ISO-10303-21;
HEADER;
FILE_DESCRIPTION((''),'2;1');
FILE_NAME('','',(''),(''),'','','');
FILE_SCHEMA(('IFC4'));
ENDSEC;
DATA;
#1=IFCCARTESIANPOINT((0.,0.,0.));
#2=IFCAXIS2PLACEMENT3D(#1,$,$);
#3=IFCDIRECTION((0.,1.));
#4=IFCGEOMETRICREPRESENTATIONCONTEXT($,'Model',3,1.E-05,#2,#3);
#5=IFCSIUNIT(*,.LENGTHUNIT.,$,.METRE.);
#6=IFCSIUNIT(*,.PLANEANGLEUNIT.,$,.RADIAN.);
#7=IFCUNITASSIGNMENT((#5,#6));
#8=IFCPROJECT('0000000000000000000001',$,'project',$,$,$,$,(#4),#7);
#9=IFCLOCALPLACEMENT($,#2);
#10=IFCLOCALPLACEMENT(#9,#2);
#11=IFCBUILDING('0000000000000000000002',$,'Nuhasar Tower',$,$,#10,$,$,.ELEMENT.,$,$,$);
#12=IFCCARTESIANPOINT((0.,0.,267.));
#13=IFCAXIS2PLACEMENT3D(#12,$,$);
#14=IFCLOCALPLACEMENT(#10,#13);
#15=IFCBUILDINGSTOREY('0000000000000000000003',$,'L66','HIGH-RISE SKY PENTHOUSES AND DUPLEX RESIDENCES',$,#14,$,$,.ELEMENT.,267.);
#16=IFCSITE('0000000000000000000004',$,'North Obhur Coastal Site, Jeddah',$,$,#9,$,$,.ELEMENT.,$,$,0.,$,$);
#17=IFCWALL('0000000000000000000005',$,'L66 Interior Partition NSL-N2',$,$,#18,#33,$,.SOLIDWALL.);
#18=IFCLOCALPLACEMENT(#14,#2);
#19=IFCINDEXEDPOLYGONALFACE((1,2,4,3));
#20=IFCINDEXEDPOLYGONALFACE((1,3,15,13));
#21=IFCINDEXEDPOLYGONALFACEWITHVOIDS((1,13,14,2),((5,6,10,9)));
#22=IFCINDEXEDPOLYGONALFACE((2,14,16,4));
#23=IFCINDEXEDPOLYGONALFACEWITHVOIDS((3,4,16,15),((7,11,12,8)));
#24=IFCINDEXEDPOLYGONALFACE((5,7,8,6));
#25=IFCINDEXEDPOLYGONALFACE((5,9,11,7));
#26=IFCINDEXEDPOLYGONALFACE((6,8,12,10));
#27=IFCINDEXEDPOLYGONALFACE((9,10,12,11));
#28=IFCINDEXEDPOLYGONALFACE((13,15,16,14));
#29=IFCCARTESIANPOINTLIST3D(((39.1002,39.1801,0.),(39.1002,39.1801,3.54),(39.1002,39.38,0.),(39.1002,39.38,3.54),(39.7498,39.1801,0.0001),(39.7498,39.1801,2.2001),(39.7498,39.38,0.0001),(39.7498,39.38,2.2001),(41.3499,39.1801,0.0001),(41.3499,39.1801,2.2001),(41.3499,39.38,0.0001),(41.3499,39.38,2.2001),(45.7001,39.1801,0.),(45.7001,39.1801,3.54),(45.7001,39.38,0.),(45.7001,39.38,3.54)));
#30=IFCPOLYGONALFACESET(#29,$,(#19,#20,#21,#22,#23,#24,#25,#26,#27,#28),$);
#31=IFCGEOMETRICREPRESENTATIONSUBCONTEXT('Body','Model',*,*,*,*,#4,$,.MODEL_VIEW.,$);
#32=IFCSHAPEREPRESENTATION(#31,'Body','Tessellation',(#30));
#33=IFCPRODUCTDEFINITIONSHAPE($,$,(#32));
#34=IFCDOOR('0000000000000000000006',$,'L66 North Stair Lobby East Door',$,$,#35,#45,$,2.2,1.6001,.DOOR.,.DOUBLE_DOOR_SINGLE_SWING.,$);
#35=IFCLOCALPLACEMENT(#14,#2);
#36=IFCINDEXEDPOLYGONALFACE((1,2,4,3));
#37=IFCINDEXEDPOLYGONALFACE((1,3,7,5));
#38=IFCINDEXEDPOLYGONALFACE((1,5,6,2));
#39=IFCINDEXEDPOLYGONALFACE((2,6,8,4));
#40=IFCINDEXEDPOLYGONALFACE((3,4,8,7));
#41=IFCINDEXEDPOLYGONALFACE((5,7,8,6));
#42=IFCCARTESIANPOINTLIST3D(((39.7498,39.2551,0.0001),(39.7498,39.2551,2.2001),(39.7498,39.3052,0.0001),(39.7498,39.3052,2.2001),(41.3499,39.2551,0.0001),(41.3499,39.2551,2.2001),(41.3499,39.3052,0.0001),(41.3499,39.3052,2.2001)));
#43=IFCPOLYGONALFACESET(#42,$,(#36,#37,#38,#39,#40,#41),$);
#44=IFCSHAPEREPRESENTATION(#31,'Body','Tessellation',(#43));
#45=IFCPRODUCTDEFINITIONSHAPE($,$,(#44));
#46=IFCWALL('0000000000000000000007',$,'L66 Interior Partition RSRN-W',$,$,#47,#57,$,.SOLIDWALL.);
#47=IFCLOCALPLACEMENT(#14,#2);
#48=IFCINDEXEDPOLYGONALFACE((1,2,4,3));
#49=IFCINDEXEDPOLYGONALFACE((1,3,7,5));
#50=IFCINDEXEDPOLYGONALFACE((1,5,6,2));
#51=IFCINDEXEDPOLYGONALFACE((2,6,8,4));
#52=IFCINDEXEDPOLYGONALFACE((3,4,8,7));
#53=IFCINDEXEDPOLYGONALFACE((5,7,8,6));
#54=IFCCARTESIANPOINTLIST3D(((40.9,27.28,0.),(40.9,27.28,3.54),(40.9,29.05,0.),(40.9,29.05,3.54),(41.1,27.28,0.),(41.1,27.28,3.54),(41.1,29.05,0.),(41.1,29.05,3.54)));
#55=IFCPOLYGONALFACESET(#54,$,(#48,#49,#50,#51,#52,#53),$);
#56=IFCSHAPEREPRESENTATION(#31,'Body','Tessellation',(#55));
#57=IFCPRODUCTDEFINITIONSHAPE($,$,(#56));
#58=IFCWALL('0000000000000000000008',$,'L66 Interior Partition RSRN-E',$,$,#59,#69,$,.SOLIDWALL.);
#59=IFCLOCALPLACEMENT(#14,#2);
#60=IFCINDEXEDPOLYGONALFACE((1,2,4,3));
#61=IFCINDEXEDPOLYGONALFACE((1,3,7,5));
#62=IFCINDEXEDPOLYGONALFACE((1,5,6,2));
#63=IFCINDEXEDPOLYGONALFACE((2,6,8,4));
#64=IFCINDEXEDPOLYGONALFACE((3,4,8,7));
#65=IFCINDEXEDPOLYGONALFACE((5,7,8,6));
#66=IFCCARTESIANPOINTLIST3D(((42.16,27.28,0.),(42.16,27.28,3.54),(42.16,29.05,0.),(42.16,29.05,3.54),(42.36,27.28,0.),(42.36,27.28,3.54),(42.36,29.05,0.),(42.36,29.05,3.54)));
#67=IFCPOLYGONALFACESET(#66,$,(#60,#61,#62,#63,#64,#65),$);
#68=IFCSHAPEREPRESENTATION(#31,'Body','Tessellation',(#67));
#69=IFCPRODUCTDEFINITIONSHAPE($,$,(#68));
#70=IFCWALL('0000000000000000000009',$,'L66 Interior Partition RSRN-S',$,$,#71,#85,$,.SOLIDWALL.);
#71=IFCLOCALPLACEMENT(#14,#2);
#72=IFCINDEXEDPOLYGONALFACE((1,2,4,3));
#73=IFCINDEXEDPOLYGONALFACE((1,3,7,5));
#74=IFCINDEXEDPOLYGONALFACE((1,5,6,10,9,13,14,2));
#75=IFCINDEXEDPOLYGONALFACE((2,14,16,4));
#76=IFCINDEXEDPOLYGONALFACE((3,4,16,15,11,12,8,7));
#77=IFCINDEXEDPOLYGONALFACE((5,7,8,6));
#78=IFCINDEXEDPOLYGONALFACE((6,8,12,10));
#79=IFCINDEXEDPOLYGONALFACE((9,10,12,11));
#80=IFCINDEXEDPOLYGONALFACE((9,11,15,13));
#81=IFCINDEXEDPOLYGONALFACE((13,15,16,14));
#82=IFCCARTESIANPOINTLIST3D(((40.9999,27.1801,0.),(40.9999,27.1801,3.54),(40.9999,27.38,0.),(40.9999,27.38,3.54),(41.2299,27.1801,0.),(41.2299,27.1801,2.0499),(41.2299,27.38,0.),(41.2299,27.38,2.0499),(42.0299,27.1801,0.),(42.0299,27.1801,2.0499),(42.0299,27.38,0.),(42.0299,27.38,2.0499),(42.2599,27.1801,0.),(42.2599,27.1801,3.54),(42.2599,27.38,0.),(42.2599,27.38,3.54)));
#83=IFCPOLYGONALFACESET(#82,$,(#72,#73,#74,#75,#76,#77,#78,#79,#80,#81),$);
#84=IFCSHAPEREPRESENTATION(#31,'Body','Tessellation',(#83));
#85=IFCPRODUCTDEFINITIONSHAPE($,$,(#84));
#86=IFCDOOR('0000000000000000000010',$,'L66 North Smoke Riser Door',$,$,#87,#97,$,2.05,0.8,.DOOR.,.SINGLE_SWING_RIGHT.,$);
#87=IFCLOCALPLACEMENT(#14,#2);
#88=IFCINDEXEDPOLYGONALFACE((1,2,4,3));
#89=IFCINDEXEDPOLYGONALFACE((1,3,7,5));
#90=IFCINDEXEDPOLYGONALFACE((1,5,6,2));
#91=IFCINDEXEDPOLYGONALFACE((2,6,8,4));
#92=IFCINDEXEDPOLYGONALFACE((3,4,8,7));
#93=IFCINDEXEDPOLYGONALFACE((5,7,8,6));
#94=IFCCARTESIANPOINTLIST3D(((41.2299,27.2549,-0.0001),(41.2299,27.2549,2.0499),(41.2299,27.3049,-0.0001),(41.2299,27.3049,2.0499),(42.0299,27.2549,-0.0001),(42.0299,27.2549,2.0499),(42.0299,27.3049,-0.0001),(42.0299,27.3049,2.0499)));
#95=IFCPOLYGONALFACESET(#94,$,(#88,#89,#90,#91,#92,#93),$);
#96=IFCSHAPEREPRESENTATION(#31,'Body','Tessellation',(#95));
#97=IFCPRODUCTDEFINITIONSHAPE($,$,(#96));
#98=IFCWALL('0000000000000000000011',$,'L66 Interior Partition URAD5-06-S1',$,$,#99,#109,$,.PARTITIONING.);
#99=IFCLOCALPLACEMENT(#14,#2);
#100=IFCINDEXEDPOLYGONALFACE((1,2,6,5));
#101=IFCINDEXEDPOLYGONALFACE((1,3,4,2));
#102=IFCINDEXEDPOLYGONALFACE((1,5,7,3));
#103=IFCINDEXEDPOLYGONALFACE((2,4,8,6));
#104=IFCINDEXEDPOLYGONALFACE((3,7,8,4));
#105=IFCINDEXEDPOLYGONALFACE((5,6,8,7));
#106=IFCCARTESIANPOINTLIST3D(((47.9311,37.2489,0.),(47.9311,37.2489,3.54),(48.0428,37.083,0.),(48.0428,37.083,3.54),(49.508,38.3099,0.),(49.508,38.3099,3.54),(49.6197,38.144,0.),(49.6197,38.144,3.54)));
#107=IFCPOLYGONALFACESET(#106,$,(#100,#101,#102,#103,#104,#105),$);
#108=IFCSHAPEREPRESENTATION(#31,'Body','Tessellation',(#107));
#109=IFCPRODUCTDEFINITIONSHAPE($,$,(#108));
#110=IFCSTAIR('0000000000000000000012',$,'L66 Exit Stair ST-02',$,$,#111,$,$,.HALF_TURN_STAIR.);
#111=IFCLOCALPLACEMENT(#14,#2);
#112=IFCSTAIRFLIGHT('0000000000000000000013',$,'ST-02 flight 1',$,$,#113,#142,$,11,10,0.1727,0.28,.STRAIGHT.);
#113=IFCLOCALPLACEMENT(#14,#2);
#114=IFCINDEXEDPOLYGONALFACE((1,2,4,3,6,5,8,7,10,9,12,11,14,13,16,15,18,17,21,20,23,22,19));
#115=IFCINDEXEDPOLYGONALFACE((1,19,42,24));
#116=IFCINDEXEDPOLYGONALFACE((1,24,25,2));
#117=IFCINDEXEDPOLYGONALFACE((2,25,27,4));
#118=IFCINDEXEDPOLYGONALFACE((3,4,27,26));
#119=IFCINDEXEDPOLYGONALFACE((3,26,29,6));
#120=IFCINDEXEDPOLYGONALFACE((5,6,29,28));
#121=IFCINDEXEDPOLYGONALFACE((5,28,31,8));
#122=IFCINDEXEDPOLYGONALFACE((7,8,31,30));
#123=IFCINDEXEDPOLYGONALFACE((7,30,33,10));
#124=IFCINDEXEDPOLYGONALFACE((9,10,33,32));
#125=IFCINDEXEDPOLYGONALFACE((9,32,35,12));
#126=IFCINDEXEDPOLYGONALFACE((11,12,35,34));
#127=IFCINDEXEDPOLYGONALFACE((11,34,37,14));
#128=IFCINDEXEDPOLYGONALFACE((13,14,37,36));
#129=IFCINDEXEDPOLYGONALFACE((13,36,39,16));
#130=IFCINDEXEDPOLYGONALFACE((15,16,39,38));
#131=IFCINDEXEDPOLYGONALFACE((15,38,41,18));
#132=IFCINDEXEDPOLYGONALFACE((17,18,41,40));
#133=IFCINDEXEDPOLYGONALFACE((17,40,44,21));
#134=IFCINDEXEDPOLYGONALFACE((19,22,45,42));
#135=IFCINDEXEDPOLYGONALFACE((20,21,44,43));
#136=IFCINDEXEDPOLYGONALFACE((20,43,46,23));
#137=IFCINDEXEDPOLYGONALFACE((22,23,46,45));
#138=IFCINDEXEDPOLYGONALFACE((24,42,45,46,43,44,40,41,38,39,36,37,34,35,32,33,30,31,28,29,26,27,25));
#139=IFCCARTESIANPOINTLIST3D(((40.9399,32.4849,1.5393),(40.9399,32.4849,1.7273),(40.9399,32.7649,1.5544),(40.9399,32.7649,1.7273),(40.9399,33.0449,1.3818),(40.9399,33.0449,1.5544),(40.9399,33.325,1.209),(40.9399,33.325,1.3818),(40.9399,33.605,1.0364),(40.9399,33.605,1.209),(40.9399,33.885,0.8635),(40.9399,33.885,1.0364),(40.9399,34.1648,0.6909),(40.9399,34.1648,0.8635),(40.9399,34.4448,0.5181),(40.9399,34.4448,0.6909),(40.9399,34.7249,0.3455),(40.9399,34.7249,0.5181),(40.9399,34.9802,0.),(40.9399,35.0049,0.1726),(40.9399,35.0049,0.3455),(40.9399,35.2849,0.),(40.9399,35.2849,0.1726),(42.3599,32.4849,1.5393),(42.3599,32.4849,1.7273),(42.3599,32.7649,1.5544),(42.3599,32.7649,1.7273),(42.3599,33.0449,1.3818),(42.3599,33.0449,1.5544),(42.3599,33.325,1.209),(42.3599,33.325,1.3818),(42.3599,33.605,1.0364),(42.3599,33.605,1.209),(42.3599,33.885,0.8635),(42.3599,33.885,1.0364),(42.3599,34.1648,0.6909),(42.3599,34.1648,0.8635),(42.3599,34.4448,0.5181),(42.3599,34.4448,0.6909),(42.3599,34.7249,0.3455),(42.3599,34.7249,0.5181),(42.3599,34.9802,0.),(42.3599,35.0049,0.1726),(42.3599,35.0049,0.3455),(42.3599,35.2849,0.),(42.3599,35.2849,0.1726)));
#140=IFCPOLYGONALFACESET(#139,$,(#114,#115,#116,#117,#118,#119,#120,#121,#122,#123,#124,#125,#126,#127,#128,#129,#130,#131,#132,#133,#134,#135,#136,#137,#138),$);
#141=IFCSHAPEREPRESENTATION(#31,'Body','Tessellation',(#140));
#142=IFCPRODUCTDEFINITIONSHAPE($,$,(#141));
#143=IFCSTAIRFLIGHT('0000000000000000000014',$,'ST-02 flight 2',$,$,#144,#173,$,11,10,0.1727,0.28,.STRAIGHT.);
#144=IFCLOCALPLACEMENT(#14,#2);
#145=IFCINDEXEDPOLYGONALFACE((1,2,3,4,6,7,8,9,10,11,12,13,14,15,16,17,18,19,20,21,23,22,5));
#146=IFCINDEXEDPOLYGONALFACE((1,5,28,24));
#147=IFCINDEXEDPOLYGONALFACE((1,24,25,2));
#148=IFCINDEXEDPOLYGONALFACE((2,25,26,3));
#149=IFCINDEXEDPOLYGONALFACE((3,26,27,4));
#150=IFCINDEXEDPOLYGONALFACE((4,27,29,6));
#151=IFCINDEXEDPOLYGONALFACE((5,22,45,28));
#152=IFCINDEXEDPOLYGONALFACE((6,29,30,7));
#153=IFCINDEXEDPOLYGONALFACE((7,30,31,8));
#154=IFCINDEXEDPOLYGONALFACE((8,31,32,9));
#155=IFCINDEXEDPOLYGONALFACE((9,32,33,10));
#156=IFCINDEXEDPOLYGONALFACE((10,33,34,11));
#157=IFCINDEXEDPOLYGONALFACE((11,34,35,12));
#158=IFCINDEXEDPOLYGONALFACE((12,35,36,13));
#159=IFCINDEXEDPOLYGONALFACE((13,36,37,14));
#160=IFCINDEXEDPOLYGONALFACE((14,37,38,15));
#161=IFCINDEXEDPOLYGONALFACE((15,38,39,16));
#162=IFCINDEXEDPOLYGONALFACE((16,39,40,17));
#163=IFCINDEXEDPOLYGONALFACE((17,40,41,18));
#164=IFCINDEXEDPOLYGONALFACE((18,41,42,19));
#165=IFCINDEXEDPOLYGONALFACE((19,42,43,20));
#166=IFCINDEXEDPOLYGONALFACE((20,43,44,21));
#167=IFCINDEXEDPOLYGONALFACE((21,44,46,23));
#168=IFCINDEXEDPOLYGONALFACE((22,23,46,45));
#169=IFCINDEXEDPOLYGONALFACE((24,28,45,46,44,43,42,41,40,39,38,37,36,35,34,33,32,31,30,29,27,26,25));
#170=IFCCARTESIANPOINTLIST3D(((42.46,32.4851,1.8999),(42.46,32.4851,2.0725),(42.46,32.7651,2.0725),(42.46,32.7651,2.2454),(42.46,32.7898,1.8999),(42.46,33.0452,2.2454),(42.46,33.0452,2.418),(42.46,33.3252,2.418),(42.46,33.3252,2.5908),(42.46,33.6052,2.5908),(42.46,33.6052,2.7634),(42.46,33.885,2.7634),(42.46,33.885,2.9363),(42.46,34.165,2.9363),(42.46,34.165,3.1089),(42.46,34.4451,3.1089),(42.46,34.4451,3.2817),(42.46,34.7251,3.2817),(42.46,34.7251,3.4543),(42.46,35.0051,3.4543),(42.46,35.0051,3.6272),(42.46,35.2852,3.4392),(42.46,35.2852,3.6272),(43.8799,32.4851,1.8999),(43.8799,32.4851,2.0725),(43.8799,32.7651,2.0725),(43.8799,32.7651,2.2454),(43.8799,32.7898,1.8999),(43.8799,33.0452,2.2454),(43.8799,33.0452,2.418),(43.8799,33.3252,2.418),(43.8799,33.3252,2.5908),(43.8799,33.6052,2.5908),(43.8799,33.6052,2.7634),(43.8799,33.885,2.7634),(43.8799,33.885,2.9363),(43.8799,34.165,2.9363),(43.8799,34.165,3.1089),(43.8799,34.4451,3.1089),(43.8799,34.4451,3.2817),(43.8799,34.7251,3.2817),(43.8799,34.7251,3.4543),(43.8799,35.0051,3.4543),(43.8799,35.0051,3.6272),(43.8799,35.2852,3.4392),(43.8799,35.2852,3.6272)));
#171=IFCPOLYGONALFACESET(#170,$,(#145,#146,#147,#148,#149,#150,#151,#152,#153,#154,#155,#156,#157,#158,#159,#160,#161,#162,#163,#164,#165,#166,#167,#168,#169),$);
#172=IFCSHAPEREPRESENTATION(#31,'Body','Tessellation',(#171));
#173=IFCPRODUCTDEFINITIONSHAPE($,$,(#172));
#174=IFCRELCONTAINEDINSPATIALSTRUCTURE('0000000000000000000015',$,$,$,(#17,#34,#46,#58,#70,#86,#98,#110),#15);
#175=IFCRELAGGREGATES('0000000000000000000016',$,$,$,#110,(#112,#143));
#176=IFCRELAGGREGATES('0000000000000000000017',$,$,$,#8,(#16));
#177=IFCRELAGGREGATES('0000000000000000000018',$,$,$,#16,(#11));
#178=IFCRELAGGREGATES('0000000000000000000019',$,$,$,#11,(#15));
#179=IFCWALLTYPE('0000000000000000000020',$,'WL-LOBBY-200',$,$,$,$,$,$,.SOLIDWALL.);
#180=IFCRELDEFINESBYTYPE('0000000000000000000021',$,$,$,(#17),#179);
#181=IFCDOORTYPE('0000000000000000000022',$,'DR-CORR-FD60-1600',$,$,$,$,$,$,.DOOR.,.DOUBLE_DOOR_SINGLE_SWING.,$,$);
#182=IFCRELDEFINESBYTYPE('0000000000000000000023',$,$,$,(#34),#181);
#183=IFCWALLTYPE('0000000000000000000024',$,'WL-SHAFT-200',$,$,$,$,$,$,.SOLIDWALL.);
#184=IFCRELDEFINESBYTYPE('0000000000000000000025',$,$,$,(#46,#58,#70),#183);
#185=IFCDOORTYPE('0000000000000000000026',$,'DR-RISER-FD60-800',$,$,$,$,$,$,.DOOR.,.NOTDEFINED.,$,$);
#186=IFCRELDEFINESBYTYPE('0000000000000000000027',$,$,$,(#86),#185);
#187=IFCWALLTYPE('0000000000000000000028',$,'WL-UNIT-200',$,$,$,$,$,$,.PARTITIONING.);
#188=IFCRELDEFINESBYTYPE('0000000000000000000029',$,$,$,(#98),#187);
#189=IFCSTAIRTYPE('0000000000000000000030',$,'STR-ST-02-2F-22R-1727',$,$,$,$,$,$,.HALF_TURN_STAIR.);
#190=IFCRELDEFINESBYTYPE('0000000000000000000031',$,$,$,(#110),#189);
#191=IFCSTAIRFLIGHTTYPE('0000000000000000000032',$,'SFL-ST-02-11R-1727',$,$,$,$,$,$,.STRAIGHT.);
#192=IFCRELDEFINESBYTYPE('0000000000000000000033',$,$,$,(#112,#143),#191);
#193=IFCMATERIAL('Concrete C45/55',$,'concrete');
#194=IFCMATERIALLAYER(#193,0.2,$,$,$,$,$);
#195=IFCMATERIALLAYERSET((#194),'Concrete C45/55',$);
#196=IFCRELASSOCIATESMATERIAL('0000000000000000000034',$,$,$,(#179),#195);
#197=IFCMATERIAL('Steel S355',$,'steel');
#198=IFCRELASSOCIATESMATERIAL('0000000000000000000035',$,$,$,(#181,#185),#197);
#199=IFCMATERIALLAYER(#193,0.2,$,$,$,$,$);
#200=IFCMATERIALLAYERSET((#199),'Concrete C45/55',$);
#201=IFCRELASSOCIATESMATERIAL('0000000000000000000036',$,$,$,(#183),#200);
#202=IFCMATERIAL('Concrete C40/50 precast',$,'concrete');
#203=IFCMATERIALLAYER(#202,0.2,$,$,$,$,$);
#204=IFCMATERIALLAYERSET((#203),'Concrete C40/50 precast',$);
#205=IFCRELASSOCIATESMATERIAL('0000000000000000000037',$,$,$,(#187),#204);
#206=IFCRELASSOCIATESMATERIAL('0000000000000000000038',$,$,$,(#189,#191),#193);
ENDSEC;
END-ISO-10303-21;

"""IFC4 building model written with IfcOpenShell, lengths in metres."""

from ifc_helpers import new_model, si_unit, direction, frame, frame_2d, origin, place, context, subcontext, project, spatial, polyline, rectangle, outline, extrude, material, layer, layer_set, type_object, element, fill, aggregate, save


model = new_model("IFC4")

# Units and contexts
model_context = context("Model", 3, precision=1e-05, world=origin(), true_north=direction((0.0, 1.0)))
body_context = subcontext(model_context, "Body", "Model", "MODEL_VIEW")
ifc_project = project(units=[si_unit("LENGTHUNIT", "METRE"), si_unit("PLANEANGLEUNIT", "RADIAN")], contexts=[model_context])

# Site, building, storey
site_placement = place(None, origin())
site = spatial("IfcSite", under=ifc_project, at=site_placement, Name="North Obhur Coastal Site, Jeddah", CompositionType="ELEMENT", RefElevation=0.0)
building_placement = place(site_placement, origin())
building = spatial("IfcBuilding", under=site, at=building_placement, Name="Nuhasar Tower", CompositionType="ELEMENT")
storey_placement = place(building_placement, frame((0.0, 0.0, 267.0)))
storey = spatial("IfcBuildingStorey", under=building, at=storey_placement, Name="L66", Description="HIGH-RISE SKY PENTHOUSES AND DUPLEX RESIDENCES", CompositionType="ELEMENT", Elevation=267.0)

# Shared definitions
ifc_material_1 = material(Name="Steel S355", Category="steel")

# Shared definitions
ifc_material_2 = material(Name="Concrete C45/55", Category="concrete")
ifc_layer_1 = layer(ifc_material_2, 0.2)
ifc_layer_set_1 = layer_set([ifc_layer_1], Name="Concrete C45/55")
wall_type_1 = type_object("IfcWallType", Name="WL-LOBBY-200", PredefinedType="SOLIDWALL", material=ifc_layer_set_1)

# Wall, opening, door
wall_1_placement = place(storey_placement, frame((45.7, 39.28, 0.0), z_axis=(0.0, 0.0, 1.0), x_axis=(-1.0, 0.0, 0.0)))
wall_1 = element("IfcWall", 1, at=wall_1_placement, inside=storey, type_object=wall_type_1, Name="L66 Interior Partition NSL-N2", PredefinedType="SOLIDWALL", context=body_context, shape_type="SweptSolid", body=[
    extrude(rectangle(XDim=6.5999, YDim=0.2, at=frame_2d((3.2998, 0.0))), origin(), (0.0, 0.0, 1.0), 3.54),
])
opening_1_placement = place(wall_1_placement, frame((4.3501, 0.0, 0.0)))
opening_1 = element("IfcOpeningElement", 2, at=opening_1_placement, cuts=wall_1, PredefinedType="OPENING", context=body_context, shape_type="SweptSolid", body=[
    extrude(rectangle(XDim=1.6001, YDim=2.2, at=frame_2d((0.8, 1.1001))), frame((0.0, 0.1099, 0.0), z_axis=(0.0, -1.0, 0.0), x_axis=(1.0, 0.0, 0.0)), (0.0, 0.0, 1.0), 0.22),
])
door_type_1 = type_object("IfcDoorType", Name="DR-CORR-FD60-1600", OperationType="DOUBLE_DOOR_SINGLE_SWING", PredefinedType="DOOR", material=ifc_material_1)
door_1_placement = place(opening_1_placement, origin())
door_1 = element("IfcDoor", 3, at=door_1_placement, inside=storey, type_object=door_type_1, Name="L66 North Stair Lobby East Door", OperationType="DOUBLE_DOOR_SINGLE_SWING", OverallHeight=2.2, OverallWidth=1.6001, PredefinedType="DOOR", context=body_context, shape_type="SweptSolid", body=[
    extrude(rectangle(XDim=1.6001, YDim=2.2, at=frame_2d((0.8, 1.1001))), frame((0.0, 0.0249, 0.0), z_axis=(0.0, -1.0, 0.0), x_axis=(1.0, 0.0, 0.0)), (0.0, 0.0, 1.0), 0.05),
])
fill(opening_1, door_1)

# Walls
ifc_layer_2 = layer(ifc_material_2, 0.2)
ifc_layer_set_2 = layer_set([ifc_layer_2], Name="Concrete C45/55")
wall_type_2 = type_object("IfcWallType", Name="WL-SHAFT-200", PredefinedType="SOLIDWALL", material=ifc_layer_set_2)
for number, where, z_axis, x_axis, name in (
    (4, (41.0, 27.28, 0.0), (0.0, 0.0, 1.0), (0.0, 1.0, 0.0), "L66 Interior Partition RSRN-W"),
    (5, (42.26, 27.28, 0.0), (0.0, 0.0, 1.0), (0.0, 1.0, 0.0), "L66 Interior Partition RSRN-E"),
):
    element("IfcWall", number, at=place(storey_placement, frame(where, z_axis=z_axis, x_axis=x_axis)), inside=storey, type_object=wall_type_2, Name=name, PredefinedType="SOLIDWALL", context=body_context, shape_type="SweptSolid", body=[
        extrude(rectangle(XDim=1.77, YDim=0.2, at=frame_2d((0.885, 0.0))), origin(), (0.0, 0.0, 1.0), 3.54),
    ])

# Wall, opening, door
wall_2_placement = place(storey_placement, frame((41.0, 27.28, 0.0), z_axis=(0.0, 0.0, 1.0), x_axis=(1.0, 0.0, 0.0)))
wall_2 = element("IfcWall", 6, at=wall_2_placement, inside=storey, type_object=wall_type_2, Name="L66 Interior Partition RSRN-S", PredefinedType="SOLIDWALL", context=body_context, shape_type="SweptSolid", body=[
    extrude(rectangle(XDim=1.26, YDim=0.2, at=frame_2d((0.6299, 0.0))), origin(), (0.0, 0.0, 1.0), 3.54),
])
opening_2_placement = place(wall_2_placement, frame((0.23, 0.0, 0.0)))
opening_2 = element("IfcOpeningElement", 7, at=opening_2_placement, cuts=wall_2, PredefinedType="OPENING", context=body_context, shape_type="SweptSolid", body=[
    extrude(rectangle(XDim=0.8, YDim=2.05, at=frame_2d((0.3999, 1.0249))), frame((0.0, 0.1099, 0.0), z_axis=(0.0, -1.0, 0.0), x_axis=(1.0, 0.0, 0.0)), (0.0, 0.0, 1.0), 0.22),
])
door_type_2 = type_object("IfcDoorType", Name="DR-RISER-FD60-800", OperationType="NOTDEFINED", PredefinedType="DOOR", material=ifc_material_1)
door_2_placement = place(opening_2_placement, origin())
door_2 = element("IfcDoor", 8, at=door_2_placement, inside=storey, type_object=door_type_2, Name="L66 North Smoke Riser Door", OperationType="SINGLE_SWING_RIGHT", OverallHeight=2.05, OverallWidth=0.8, PredefinedType="DOOR", context=body_context, shape_type="SweptSolid", body=[
    extrude(rectangle(XDim=0.8, YDim=2.05, at=frame_2d((0.3999, 1.0249))), frame((0.0, 0.0249, 0.0), z_axis=(0.0, -1.0, 0.0), x_axis=(1.0, 0.0, 0.0)), (0.0, 0.0, 1.0), 0.05),
])
fill(opening_2, door_2)

# Wall
ifc_material_3 = material(Name="Concrete C40/50 precast", Category="concrete")
ifc_layer_3 = layer(ifc_material_3, 0.2)
ifc_layer_set_3 = layer_set([ifc_layer_3], Name="Concrete C40/50 precast")
wall_type_3 = type_object("IfcWallType", Name="WL-UNIT-200", PredefinedType="PARTITIONING", material=ifc_layer_set_3)
wall_3_placement = place(storey_placement, frame((47.9871, 37.166, 0.0), z_axis=(0.0, 0.0, 1.0), x_axis=(0.829671, 0.558252, 0.0)))
element("IfcWall", 9, at=wall_3_placement, inside=storey, type_object=wall_type_3, Name="L66 Interior Partition URAD5-06-S1", PredefinedType="PARTITIONING", context=body_context, shape_type="SweptSolid", body=[
    extrude(rectangle(XDim=1.9006, YDim=0.2, at=frame_2d((0.9502, 0.0))), origin(), (0.0, 0.0, 1.0), 3.54),
])

# Stair, stair flights
stair_type_1 = type_object("IfcStairType", Name="STR-ST-02-2F-22R-1727", PredefinedType="HALF_TURN_STAIR", material=ifc_material_2)
stair_1_placement = place(storey_placement, origin())
stair_1 = element("IfcStair", 10, at=stair_1_placement, inside=storey, type_object=stair_type_1, Name="L66 Exit Stair ST-02", PredefinedType="HALF_TURN_STAIR")
stair_flight_type_1 = type_object("IfcStairFlightType", Name="SFL-ST-02-11R-1727", PredefinedType="STRAIGHT", material=ifc_material_2)
stair_flight_1_placement = place(storey_placement, frame((41.6499, 35.2849, 0.0), z_axis=(0.0, 0.0, 1.0), x_axis=(0.0, -1.0, 0.0)))
stair_flight_1 = element("IfcStairFlight", 11, at=stair_flight_1_placement, type_object=stair_flight_type_1, Name="ST-02 flight 1", NumberOfRisers=11, NumberOfTreads=10, PredefinedType="STRAIGHT", RiserHeight=0.1727, TreadLength=0.28, context=body_context, shape_type="SweptSolid", body=[
    extrude(outline(polyline([(0.0, 0.0), (0.0, 0.1726), (0.28, 0.1726), (0.28, 0.3455), (0.5601, 0.3455), (0.5601, 0.5181), (0.8401, 0.5181), (0.8401, 0.6909), (1.1201, 0.6909), (1.1201, 0.8635), (1.3999, 0.8635), (1.3999, 1.0364), (1.6799, 1.0364), (1.6799, 1.209), (1.96, 1.209), (1.96, 1.3818), (2.24, 1.3818), (2.24, 1.5544), (2.52, 1.5544), (2.52, 1.7273), (2.8, 1.7273), (2.8, 1.8999), (2.8, 1.5393), (0.3047, 0.0), (0.0, 0.0)])), frame((0.0, 0.71, 0.0), z_axis=(0.0, -1.0, 0.0), x_axis=(1.0, 0.0, 0.0)), (0.0, 0.0, 1.0), 1.4199),
])
stair_flight_2_placement = place(storey_placement, frame((43.1699, 32.4851, 1.8999), z_axis=(0.0, 0.0, 1.0), x_axis=(0.0, 1.0, 0.0)))
stair_flight_2 = element("IfcStairFlight", 12, at=stair_flight_2_placement, type_object=stair_flight_type_1, Name="ST-02 flight 2", NumberOfRisers=11, NumberOfTreads=10, PredefinedType="STRAIGHT", RiserHeight=0.1727, TreadLength=0.28, context=body_context, shape_type="SweptSolid", body=[
    extrude(outline(polyline([(0.0, 0.0), (0.0, 0.1726), (0.28, 0.1726), (0.28, 0.3455), (0.5601, 0.3455), (0.5601, 0.5181), (0.8401, 0.5181), (0.8401, 0.6909), (1.1201, 0.6909), (1.1201, 0.8635), (1.3999, 0.8635), (1.3999, 1.0364), (1.6799, 1.0364), (1.6799, 1.209), (1.96, 1.209), (1.96, 1.3818), (2.24, 1.3818), (2.24, 1.5544), (2.52, 1.5544), (2.52, 1.7273), (2.8, 1.7273), (2.8, 1.8999), (2.8, 1.5393), (0.3047, 0.0), (0.0, 0.0)])), frame((0.0, 0.71, 0.0), z_axis=(0.0, -1.0, 0.0), x_axis=(1.0, 0.0, 0.0)), (0.0, 0.0, 1.0), 1.4199),
])
aggregate(stair_1, [stair_flight_1, stair_flight_2])

save(model, "model.ifc")
